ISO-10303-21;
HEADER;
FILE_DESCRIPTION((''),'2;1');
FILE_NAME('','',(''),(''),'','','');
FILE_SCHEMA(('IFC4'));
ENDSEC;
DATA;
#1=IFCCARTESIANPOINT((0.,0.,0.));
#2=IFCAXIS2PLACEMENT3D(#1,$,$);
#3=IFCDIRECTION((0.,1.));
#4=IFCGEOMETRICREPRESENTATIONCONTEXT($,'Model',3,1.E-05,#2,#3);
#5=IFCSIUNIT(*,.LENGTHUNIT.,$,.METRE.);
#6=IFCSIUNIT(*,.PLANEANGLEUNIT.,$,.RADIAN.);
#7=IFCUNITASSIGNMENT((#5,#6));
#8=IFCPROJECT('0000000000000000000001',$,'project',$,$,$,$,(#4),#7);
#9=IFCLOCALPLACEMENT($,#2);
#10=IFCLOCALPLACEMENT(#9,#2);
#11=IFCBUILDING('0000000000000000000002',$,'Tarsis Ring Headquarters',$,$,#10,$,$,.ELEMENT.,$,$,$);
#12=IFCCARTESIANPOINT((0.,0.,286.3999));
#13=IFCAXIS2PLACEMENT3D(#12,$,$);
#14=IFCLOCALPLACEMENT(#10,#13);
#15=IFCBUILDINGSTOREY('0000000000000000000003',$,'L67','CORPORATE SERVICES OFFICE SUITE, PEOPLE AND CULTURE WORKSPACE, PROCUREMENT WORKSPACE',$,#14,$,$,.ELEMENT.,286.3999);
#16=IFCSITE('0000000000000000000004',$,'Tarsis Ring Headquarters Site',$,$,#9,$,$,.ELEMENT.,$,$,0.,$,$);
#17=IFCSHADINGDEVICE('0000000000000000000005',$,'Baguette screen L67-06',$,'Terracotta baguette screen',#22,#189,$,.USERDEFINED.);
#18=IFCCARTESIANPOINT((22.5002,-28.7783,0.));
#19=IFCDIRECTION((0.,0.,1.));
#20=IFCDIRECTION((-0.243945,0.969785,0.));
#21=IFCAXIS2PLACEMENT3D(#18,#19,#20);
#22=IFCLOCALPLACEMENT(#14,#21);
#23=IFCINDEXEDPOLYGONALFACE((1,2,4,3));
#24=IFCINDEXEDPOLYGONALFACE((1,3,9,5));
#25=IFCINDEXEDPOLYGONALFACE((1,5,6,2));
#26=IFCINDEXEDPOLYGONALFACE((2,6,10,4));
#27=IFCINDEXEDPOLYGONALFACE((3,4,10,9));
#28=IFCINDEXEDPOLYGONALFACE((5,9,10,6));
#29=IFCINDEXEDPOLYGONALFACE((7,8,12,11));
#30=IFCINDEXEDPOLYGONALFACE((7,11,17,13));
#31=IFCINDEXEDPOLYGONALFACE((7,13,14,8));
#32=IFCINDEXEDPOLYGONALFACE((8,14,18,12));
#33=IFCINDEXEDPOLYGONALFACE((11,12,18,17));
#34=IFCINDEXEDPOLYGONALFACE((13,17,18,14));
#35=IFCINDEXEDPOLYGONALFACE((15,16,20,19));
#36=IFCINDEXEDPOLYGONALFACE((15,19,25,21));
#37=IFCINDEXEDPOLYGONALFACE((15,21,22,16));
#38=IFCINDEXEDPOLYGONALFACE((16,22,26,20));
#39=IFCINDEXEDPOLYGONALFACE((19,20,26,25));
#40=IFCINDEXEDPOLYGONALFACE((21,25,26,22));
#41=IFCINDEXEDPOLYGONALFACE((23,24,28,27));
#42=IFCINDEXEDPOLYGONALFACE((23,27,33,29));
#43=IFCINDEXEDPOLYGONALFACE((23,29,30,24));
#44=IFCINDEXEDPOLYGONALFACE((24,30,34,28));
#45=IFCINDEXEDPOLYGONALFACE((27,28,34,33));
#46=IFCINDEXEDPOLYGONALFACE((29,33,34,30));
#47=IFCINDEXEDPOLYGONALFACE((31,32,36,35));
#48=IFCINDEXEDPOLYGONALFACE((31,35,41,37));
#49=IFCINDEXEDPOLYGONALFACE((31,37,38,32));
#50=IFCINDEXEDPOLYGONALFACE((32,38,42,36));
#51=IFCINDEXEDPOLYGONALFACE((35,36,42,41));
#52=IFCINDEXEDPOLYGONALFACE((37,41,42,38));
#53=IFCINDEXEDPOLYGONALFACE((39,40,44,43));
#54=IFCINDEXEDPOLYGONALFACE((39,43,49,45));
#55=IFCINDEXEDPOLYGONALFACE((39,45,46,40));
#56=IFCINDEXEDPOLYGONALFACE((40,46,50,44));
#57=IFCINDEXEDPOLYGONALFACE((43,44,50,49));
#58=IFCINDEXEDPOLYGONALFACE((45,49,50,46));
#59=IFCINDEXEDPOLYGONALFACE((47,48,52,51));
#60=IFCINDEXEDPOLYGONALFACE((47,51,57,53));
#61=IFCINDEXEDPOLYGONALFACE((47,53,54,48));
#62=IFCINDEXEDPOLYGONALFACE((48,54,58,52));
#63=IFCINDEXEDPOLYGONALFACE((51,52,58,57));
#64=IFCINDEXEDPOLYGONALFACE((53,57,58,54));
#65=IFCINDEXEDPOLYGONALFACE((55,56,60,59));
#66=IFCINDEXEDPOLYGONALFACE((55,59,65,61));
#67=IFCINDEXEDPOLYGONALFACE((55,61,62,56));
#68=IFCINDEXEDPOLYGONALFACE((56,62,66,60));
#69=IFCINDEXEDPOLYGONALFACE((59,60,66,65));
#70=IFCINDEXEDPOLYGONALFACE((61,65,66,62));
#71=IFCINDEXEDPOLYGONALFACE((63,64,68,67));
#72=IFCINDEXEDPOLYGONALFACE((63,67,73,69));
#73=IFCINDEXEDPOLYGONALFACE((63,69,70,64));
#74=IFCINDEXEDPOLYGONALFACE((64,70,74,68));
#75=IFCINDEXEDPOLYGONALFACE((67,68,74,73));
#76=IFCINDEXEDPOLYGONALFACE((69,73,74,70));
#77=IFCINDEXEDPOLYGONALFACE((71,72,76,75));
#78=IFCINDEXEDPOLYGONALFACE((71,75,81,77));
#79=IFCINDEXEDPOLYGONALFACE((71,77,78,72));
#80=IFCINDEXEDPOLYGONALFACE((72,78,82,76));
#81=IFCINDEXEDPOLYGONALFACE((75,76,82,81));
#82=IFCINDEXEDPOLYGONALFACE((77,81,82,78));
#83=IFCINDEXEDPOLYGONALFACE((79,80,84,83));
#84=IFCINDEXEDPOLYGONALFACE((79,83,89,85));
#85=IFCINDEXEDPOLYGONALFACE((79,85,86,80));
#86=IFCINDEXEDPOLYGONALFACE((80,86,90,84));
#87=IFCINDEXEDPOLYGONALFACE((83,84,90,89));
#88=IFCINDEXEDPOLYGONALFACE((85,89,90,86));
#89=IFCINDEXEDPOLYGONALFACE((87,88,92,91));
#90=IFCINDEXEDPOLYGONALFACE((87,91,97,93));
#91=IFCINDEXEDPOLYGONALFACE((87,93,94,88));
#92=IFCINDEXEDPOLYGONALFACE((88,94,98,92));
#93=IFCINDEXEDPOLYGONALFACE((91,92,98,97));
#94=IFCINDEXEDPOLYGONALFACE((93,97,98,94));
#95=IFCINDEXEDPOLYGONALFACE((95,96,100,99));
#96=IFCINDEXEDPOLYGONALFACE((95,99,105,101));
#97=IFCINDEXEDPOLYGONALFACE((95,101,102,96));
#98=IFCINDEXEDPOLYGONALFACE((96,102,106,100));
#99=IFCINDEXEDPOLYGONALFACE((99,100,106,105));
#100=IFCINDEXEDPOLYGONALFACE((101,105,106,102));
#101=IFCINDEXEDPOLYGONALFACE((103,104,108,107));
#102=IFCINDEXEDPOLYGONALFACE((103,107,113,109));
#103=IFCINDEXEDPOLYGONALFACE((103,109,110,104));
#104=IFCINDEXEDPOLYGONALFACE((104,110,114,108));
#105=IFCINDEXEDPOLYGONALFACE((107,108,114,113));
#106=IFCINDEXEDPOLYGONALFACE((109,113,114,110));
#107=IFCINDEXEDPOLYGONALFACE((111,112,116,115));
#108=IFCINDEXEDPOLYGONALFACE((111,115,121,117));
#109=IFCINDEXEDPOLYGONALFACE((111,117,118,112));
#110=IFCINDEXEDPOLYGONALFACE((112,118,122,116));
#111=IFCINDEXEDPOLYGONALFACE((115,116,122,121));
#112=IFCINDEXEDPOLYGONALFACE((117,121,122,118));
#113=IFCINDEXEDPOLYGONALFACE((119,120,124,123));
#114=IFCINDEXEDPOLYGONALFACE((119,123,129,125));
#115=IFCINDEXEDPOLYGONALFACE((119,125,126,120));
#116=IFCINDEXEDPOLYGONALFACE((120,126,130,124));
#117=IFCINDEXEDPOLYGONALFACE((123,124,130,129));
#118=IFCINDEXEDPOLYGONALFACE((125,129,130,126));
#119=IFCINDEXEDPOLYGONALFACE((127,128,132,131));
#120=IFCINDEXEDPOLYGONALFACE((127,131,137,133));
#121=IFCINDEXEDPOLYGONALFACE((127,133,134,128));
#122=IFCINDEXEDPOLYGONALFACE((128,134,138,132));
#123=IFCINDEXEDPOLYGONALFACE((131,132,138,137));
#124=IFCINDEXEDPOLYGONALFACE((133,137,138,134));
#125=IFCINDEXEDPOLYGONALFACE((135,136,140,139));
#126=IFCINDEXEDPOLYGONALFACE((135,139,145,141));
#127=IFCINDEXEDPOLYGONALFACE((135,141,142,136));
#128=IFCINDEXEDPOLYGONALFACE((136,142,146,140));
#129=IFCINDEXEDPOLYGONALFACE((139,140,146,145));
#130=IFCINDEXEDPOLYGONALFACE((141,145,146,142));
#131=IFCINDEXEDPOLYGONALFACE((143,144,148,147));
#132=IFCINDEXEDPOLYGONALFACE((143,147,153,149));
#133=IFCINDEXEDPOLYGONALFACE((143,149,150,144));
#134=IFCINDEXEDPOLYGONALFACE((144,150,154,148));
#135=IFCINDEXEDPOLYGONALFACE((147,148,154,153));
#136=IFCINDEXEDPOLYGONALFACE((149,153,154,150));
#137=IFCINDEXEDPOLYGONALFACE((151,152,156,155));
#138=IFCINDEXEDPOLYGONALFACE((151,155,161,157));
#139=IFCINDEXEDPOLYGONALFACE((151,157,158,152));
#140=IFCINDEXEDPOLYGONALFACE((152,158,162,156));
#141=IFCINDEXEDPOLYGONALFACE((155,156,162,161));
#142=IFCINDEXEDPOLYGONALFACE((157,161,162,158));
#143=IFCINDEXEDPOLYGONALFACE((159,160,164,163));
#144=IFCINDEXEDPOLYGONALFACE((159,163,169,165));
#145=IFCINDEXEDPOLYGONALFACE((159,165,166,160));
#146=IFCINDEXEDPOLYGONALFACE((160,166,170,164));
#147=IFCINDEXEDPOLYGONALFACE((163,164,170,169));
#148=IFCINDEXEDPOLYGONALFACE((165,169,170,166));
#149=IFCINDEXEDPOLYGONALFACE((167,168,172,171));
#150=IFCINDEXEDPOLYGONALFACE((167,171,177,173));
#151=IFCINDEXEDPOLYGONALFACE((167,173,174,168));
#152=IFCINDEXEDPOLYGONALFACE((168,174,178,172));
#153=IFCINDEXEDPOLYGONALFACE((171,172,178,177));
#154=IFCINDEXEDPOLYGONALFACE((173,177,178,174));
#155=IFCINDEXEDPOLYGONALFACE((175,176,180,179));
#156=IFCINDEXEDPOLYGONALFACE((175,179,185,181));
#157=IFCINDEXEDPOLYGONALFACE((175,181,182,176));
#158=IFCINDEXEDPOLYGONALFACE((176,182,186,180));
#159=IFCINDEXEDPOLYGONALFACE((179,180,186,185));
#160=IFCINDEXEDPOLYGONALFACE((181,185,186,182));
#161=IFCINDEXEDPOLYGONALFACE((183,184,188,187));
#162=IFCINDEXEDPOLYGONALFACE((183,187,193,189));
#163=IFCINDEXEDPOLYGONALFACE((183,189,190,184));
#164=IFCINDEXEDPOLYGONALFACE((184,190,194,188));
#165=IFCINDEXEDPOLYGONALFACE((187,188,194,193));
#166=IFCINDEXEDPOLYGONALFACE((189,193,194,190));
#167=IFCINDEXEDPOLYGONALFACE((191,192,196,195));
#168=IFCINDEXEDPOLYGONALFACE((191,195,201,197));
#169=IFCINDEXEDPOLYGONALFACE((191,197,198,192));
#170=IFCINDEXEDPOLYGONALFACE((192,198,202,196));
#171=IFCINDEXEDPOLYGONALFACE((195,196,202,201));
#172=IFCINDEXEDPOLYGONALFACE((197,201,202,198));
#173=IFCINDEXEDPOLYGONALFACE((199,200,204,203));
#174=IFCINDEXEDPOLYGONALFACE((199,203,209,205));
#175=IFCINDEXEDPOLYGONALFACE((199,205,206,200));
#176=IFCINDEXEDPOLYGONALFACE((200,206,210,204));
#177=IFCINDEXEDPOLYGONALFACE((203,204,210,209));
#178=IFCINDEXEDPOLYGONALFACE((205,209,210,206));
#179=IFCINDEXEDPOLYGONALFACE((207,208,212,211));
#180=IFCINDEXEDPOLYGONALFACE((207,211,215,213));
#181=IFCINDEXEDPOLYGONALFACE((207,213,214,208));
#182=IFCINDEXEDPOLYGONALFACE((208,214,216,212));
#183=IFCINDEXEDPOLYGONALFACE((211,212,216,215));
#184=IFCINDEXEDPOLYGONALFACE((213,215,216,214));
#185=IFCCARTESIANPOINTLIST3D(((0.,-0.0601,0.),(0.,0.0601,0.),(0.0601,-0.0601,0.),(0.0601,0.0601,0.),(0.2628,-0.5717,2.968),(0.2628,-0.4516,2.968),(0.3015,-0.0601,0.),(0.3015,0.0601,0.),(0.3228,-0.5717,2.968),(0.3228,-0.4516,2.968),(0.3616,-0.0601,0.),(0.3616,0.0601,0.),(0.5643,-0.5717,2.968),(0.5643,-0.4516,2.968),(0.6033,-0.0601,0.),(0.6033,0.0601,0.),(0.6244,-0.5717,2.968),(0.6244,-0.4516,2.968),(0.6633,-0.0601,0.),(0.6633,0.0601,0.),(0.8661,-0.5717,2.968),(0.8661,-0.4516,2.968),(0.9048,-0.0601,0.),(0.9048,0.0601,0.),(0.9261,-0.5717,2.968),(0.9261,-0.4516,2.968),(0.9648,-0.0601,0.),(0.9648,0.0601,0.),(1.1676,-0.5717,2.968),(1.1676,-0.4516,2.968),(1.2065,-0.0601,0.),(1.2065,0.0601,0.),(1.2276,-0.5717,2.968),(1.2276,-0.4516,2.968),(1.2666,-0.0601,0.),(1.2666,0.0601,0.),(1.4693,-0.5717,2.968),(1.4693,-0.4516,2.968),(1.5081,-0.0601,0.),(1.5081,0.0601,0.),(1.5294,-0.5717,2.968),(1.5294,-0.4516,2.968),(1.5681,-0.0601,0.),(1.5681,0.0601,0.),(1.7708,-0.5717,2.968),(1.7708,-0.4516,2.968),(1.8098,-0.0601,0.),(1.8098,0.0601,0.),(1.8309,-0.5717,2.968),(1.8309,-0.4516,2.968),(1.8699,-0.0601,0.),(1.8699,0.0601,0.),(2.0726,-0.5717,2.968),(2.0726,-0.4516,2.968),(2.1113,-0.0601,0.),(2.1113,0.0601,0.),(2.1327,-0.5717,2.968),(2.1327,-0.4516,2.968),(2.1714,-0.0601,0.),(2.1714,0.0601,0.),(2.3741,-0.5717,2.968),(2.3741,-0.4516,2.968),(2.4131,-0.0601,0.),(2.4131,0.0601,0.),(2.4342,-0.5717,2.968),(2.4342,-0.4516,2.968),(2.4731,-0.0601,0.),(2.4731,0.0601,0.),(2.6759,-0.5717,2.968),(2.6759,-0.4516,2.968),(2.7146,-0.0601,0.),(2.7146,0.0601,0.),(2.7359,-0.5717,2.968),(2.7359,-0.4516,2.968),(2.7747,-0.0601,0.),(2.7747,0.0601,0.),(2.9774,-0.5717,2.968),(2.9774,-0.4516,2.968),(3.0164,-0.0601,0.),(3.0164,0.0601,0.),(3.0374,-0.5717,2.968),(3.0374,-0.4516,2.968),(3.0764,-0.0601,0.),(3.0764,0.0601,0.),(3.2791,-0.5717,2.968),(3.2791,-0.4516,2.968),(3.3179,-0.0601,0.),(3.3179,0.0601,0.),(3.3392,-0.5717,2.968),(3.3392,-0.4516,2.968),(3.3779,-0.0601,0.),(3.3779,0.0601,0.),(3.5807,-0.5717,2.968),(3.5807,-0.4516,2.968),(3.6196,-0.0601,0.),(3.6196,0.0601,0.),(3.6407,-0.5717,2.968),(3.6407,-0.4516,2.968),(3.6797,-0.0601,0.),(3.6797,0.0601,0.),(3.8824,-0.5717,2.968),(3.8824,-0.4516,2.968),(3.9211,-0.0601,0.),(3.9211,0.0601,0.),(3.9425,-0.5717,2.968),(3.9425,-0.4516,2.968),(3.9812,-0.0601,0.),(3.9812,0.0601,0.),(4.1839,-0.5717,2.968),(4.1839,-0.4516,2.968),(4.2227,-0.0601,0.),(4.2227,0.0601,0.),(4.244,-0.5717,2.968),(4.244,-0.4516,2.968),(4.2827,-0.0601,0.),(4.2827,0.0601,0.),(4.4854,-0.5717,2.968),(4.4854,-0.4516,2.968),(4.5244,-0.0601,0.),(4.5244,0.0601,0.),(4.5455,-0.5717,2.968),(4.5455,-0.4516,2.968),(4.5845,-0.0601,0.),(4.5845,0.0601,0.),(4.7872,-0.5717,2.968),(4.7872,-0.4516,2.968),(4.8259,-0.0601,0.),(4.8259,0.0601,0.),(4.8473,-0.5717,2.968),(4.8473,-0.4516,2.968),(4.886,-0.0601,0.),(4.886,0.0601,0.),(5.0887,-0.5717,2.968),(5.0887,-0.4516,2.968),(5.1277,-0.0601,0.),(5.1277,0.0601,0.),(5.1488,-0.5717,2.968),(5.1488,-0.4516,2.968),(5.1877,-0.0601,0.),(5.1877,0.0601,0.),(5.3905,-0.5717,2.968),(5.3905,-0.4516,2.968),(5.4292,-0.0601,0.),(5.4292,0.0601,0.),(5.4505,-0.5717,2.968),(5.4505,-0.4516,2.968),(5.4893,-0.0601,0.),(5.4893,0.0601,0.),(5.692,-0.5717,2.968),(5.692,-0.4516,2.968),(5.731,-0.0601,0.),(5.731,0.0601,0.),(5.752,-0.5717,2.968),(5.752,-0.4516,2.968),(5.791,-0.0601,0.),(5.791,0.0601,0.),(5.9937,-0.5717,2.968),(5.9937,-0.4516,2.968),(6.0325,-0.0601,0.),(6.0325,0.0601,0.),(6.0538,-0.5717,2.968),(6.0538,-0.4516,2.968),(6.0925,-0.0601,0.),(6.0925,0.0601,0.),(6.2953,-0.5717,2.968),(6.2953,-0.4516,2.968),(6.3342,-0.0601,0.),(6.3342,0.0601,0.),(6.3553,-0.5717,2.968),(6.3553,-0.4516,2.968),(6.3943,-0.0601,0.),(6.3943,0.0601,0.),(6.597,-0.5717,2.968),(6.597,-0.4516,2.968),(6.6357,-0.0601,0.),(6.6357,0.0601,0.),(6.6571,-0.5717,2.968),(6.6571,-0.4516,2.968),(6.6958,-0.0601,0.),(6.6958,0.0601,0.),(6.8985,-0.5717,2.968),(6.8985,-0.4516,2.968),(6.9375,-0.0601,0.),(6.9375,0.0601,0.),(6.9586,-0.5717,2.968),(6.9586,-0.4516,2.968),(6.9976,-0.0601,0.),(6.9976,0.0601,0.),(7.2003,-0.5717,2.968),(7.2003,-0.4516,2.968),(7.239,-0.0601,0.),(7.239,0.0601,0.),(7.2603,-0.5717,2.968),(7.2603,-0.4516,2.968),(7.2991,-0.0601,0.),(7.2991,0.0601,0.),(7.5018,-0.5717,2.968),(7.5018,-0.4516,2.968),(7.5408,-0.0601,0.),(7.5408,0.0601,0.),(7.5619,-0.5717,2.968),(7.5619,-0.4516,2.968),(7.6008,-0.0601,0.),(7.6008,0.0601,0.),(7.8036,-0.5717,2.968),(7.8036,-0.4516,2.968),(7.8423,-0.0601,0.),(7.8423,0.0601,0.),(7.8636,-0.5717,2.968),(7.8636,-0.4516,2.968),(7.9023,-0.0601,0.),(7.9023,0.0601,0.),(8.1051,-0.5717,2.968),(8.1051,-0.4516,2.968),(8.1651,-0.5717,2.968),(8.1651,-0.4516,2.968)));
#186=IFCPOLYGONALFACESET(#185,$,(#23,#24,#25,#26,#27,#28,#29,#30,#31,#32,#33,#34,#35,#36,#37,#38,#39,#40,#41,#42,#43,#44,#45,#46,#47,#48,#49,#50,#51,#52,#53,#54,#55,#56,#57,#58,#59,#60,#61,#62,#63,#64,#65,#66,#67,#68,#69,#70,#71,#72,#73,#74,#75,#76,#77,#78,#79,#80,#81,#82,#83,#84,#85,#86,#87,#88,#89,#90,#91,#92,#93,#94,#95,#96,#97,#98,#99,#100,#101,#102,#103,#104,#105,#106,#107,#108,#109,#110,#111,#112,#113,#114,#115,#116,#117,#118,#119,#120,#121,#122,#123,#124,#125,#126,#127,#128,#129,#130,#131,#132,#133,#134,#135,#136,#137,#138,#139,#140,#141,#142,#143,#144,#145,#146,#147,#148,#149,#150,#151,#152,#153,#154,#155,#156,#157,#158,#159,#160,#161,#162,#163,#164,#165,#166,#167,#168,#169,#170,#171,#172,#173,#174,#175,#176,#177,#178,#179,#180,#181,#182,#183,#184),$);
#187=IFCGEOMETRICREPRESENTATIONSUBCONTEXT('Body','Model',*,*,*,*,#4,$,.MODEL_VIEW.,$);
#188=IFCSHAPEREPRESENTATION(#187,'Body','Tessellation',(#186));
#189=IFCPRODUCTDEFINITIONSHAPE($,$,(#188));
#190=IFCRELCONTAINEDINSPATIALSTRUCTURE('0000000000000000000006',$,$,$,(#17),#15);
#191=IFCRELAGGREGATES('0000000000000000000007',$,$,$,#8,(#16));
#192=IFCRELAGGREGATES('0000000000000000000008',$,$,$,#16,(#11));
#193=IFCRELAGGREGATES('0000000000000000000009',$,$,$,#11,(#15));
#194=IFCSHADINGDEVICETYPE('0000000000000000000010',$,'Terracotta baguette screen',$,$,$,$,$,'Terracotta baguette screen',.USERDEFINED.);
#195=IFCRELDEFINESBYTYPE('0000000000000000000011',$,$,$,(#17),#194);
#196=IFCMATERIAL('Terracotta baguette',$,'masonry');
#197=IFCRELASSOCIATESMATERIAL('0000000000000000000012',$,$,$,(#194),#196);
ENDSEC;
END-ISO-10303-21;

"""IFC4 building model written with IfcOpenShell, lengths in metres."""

from ifc_helpers import new_model, si_unit, direction, frame, frame_2d, origin, place, context, subcontext, project, spatial, rectangle, composite_profile, extrude, material, type_object, element, save


model = new_model("IFC4")

# Units and contexts
model_context = context("Model", 3, precision=1e-05, world=origin(), true_north=direction((0.0, 1.0)))
body_context = subcontext(model_context, "Body", "Model", "MODEL_VIEW")
ifc_project = project(units=[si_unit("LENGTHUNIT", "METRE"), si_unit("PLANEANGLEUNIT", "RADIAN")], contexts=[model_context])

# Site, building, storey
site_placement = place(None, origin())
site = spatial("IfcSite", under=ifc_project, at=site_placement, Name="Tarsis Ring Headquarters Site", CompositionType="ELEMENT", RefElevation=0.0)
building_placement = place(site_placement, origin())
building = spatial("IfcBuilding", under=site, at=building_placement, Name="Tarsis Ring Headquarters", CompositionType="ELEMENT")
storey_placement = place(building_placement, frame((0.0, 0.0, 286.3999)))
storey = spatial("IfcBuildingStorey", under=building, at=storey_placement, Name="L67", Description="CORPORATE SERVICES OFFICE SUITE, PEOPLE AND CULTURE WORKSPACE, PROCUREMENT WORKSPACE", CompositionType="ELEMENT", Elevation=286.3999)

# Shading device
ifc_material_1 = material(Name="Terracotta baguette", Category="masonry")
shading_device_type = type_object("IfcShadingDeviceType", Name="Terracotta baguette screen", ElementType="Terracotta baguette screen", PredefinedType="USERDEFINED", material=ifc_material_1)
shading_device_1_placement = place(storey_placement, frame((22.5002, -28.7783, 0.0), z_axis=(0.0, 0.0, 1.0), x_axis=(-0.243945, 0.969785, 0.0)))
element("IfcShadingDevice", 1, at=shading_device_1_placement, inside=storey, type_object=shading_device_type, Name="Baguette screen L67-06", ObjectType="Terracotta baguette screen", PredefinedType="USERDEFINED", context=body_context, shape_type="SweptSolid", body=[
    extrude(composite_profile([rectangle(XDim=0.0601, YDim=0.1201, at=frame_2d((0.03, 0.0))), rectangle(XDim=0.0601, YDim=0.1201, at=frame_2d((0.3315, 0.0))), rectangle(XDim=0.0601, YDim=0.1201, at=frame_2d((0.6333, 0.0))), rectangle(XDim=0.0601, YDim=0.1201, at=frame_2d((0.9348, 0.0))), rectangle(XDim=0.0601, YDim=0.1201, at=frame_2d((1.2366, 0.0))), rectangle(XDim=0.0601, YDim=0.1201, at=frame_2d((1.5381, 0.0))), rectangle(XDim=0.0601, YDim=0.1201, at=frame_2d((1.8398, 0.0))), rectangle(XDim=0.0601, YDim=0.1201, at=frame_2d((2.1414, 0.0))), rectangle(XDim=0.0601, YDim=0.1201, at=frame_2d((2.4431, 0.0))), rectangle(XDim=0.0601, YDim=0.1201, at=frame_2d((2.7446, 0.0))), rectangle(XDim=0.0601, YDim=0.1201, at=frame_2d((3.0464, 0.0))), rectangle(XDim=0.0601, YDim=0.1201, at=frame_2d((3.3479, 0.0))), rectangle(XDim=0.0601, YDim=0.1201, at=frame_2d((3.6497, 0.0))), rectangle(XDim=0.0601, YDim=0.1201, at=frame_2d((3.9512, 0.0))), rectangle(XDim=0.0601, YDim=0.1201, at=frame_2d((4.2527, 0.0))), rectangle(XDim=0.0601, YDim=0.1201, at=frame_2d((4.5544, 0.0))), rectangle(XDim=0.0601, YDim=0.1201, at=frame_2d((4.856, 0.0))), rectangle(XDim=0.0601, YDim=0.1201, at=frame_2d((5.1577, 0.0))), rectangle(XDim=0.0601, YDim=0.1201, at=frame_2d((5.4592, 0.0))), rectangle(XDim=0.0601, YDim=0.1201, at=frame_2d((5.761, 0.0))), rectangle(XDim=0.0601, YDim=0.1201, at=frame_2d((6.0625, 0.0))), rectangle(XDim=0.0601, YDim=0.1201, at=frame_2d((6.3643, 0.0))), rectangle(XDim=0.0601, YDim=0.1201, at=frame_2d((6.6658, 0.0))), rectangle(XDim=0.0601, YDim=0.1201, at=frame_2d((6.9675, 0.0))), rectangle(XDim=0.0601, YDim=0.1201, at=frame_2d((7.269, 0.0))), rectangle(XDim=0.0601, YDim=0.1201, at=frame_2d((7.5708, 0.0))), rectangle(XDim=0.0601, YDim=0.1201, at=frame_2d((7.8723, 0.0)))]), origin(), (0.086921, -0.169241, 0.981734), 3.0232),
])

save(model, "model.ifc")
